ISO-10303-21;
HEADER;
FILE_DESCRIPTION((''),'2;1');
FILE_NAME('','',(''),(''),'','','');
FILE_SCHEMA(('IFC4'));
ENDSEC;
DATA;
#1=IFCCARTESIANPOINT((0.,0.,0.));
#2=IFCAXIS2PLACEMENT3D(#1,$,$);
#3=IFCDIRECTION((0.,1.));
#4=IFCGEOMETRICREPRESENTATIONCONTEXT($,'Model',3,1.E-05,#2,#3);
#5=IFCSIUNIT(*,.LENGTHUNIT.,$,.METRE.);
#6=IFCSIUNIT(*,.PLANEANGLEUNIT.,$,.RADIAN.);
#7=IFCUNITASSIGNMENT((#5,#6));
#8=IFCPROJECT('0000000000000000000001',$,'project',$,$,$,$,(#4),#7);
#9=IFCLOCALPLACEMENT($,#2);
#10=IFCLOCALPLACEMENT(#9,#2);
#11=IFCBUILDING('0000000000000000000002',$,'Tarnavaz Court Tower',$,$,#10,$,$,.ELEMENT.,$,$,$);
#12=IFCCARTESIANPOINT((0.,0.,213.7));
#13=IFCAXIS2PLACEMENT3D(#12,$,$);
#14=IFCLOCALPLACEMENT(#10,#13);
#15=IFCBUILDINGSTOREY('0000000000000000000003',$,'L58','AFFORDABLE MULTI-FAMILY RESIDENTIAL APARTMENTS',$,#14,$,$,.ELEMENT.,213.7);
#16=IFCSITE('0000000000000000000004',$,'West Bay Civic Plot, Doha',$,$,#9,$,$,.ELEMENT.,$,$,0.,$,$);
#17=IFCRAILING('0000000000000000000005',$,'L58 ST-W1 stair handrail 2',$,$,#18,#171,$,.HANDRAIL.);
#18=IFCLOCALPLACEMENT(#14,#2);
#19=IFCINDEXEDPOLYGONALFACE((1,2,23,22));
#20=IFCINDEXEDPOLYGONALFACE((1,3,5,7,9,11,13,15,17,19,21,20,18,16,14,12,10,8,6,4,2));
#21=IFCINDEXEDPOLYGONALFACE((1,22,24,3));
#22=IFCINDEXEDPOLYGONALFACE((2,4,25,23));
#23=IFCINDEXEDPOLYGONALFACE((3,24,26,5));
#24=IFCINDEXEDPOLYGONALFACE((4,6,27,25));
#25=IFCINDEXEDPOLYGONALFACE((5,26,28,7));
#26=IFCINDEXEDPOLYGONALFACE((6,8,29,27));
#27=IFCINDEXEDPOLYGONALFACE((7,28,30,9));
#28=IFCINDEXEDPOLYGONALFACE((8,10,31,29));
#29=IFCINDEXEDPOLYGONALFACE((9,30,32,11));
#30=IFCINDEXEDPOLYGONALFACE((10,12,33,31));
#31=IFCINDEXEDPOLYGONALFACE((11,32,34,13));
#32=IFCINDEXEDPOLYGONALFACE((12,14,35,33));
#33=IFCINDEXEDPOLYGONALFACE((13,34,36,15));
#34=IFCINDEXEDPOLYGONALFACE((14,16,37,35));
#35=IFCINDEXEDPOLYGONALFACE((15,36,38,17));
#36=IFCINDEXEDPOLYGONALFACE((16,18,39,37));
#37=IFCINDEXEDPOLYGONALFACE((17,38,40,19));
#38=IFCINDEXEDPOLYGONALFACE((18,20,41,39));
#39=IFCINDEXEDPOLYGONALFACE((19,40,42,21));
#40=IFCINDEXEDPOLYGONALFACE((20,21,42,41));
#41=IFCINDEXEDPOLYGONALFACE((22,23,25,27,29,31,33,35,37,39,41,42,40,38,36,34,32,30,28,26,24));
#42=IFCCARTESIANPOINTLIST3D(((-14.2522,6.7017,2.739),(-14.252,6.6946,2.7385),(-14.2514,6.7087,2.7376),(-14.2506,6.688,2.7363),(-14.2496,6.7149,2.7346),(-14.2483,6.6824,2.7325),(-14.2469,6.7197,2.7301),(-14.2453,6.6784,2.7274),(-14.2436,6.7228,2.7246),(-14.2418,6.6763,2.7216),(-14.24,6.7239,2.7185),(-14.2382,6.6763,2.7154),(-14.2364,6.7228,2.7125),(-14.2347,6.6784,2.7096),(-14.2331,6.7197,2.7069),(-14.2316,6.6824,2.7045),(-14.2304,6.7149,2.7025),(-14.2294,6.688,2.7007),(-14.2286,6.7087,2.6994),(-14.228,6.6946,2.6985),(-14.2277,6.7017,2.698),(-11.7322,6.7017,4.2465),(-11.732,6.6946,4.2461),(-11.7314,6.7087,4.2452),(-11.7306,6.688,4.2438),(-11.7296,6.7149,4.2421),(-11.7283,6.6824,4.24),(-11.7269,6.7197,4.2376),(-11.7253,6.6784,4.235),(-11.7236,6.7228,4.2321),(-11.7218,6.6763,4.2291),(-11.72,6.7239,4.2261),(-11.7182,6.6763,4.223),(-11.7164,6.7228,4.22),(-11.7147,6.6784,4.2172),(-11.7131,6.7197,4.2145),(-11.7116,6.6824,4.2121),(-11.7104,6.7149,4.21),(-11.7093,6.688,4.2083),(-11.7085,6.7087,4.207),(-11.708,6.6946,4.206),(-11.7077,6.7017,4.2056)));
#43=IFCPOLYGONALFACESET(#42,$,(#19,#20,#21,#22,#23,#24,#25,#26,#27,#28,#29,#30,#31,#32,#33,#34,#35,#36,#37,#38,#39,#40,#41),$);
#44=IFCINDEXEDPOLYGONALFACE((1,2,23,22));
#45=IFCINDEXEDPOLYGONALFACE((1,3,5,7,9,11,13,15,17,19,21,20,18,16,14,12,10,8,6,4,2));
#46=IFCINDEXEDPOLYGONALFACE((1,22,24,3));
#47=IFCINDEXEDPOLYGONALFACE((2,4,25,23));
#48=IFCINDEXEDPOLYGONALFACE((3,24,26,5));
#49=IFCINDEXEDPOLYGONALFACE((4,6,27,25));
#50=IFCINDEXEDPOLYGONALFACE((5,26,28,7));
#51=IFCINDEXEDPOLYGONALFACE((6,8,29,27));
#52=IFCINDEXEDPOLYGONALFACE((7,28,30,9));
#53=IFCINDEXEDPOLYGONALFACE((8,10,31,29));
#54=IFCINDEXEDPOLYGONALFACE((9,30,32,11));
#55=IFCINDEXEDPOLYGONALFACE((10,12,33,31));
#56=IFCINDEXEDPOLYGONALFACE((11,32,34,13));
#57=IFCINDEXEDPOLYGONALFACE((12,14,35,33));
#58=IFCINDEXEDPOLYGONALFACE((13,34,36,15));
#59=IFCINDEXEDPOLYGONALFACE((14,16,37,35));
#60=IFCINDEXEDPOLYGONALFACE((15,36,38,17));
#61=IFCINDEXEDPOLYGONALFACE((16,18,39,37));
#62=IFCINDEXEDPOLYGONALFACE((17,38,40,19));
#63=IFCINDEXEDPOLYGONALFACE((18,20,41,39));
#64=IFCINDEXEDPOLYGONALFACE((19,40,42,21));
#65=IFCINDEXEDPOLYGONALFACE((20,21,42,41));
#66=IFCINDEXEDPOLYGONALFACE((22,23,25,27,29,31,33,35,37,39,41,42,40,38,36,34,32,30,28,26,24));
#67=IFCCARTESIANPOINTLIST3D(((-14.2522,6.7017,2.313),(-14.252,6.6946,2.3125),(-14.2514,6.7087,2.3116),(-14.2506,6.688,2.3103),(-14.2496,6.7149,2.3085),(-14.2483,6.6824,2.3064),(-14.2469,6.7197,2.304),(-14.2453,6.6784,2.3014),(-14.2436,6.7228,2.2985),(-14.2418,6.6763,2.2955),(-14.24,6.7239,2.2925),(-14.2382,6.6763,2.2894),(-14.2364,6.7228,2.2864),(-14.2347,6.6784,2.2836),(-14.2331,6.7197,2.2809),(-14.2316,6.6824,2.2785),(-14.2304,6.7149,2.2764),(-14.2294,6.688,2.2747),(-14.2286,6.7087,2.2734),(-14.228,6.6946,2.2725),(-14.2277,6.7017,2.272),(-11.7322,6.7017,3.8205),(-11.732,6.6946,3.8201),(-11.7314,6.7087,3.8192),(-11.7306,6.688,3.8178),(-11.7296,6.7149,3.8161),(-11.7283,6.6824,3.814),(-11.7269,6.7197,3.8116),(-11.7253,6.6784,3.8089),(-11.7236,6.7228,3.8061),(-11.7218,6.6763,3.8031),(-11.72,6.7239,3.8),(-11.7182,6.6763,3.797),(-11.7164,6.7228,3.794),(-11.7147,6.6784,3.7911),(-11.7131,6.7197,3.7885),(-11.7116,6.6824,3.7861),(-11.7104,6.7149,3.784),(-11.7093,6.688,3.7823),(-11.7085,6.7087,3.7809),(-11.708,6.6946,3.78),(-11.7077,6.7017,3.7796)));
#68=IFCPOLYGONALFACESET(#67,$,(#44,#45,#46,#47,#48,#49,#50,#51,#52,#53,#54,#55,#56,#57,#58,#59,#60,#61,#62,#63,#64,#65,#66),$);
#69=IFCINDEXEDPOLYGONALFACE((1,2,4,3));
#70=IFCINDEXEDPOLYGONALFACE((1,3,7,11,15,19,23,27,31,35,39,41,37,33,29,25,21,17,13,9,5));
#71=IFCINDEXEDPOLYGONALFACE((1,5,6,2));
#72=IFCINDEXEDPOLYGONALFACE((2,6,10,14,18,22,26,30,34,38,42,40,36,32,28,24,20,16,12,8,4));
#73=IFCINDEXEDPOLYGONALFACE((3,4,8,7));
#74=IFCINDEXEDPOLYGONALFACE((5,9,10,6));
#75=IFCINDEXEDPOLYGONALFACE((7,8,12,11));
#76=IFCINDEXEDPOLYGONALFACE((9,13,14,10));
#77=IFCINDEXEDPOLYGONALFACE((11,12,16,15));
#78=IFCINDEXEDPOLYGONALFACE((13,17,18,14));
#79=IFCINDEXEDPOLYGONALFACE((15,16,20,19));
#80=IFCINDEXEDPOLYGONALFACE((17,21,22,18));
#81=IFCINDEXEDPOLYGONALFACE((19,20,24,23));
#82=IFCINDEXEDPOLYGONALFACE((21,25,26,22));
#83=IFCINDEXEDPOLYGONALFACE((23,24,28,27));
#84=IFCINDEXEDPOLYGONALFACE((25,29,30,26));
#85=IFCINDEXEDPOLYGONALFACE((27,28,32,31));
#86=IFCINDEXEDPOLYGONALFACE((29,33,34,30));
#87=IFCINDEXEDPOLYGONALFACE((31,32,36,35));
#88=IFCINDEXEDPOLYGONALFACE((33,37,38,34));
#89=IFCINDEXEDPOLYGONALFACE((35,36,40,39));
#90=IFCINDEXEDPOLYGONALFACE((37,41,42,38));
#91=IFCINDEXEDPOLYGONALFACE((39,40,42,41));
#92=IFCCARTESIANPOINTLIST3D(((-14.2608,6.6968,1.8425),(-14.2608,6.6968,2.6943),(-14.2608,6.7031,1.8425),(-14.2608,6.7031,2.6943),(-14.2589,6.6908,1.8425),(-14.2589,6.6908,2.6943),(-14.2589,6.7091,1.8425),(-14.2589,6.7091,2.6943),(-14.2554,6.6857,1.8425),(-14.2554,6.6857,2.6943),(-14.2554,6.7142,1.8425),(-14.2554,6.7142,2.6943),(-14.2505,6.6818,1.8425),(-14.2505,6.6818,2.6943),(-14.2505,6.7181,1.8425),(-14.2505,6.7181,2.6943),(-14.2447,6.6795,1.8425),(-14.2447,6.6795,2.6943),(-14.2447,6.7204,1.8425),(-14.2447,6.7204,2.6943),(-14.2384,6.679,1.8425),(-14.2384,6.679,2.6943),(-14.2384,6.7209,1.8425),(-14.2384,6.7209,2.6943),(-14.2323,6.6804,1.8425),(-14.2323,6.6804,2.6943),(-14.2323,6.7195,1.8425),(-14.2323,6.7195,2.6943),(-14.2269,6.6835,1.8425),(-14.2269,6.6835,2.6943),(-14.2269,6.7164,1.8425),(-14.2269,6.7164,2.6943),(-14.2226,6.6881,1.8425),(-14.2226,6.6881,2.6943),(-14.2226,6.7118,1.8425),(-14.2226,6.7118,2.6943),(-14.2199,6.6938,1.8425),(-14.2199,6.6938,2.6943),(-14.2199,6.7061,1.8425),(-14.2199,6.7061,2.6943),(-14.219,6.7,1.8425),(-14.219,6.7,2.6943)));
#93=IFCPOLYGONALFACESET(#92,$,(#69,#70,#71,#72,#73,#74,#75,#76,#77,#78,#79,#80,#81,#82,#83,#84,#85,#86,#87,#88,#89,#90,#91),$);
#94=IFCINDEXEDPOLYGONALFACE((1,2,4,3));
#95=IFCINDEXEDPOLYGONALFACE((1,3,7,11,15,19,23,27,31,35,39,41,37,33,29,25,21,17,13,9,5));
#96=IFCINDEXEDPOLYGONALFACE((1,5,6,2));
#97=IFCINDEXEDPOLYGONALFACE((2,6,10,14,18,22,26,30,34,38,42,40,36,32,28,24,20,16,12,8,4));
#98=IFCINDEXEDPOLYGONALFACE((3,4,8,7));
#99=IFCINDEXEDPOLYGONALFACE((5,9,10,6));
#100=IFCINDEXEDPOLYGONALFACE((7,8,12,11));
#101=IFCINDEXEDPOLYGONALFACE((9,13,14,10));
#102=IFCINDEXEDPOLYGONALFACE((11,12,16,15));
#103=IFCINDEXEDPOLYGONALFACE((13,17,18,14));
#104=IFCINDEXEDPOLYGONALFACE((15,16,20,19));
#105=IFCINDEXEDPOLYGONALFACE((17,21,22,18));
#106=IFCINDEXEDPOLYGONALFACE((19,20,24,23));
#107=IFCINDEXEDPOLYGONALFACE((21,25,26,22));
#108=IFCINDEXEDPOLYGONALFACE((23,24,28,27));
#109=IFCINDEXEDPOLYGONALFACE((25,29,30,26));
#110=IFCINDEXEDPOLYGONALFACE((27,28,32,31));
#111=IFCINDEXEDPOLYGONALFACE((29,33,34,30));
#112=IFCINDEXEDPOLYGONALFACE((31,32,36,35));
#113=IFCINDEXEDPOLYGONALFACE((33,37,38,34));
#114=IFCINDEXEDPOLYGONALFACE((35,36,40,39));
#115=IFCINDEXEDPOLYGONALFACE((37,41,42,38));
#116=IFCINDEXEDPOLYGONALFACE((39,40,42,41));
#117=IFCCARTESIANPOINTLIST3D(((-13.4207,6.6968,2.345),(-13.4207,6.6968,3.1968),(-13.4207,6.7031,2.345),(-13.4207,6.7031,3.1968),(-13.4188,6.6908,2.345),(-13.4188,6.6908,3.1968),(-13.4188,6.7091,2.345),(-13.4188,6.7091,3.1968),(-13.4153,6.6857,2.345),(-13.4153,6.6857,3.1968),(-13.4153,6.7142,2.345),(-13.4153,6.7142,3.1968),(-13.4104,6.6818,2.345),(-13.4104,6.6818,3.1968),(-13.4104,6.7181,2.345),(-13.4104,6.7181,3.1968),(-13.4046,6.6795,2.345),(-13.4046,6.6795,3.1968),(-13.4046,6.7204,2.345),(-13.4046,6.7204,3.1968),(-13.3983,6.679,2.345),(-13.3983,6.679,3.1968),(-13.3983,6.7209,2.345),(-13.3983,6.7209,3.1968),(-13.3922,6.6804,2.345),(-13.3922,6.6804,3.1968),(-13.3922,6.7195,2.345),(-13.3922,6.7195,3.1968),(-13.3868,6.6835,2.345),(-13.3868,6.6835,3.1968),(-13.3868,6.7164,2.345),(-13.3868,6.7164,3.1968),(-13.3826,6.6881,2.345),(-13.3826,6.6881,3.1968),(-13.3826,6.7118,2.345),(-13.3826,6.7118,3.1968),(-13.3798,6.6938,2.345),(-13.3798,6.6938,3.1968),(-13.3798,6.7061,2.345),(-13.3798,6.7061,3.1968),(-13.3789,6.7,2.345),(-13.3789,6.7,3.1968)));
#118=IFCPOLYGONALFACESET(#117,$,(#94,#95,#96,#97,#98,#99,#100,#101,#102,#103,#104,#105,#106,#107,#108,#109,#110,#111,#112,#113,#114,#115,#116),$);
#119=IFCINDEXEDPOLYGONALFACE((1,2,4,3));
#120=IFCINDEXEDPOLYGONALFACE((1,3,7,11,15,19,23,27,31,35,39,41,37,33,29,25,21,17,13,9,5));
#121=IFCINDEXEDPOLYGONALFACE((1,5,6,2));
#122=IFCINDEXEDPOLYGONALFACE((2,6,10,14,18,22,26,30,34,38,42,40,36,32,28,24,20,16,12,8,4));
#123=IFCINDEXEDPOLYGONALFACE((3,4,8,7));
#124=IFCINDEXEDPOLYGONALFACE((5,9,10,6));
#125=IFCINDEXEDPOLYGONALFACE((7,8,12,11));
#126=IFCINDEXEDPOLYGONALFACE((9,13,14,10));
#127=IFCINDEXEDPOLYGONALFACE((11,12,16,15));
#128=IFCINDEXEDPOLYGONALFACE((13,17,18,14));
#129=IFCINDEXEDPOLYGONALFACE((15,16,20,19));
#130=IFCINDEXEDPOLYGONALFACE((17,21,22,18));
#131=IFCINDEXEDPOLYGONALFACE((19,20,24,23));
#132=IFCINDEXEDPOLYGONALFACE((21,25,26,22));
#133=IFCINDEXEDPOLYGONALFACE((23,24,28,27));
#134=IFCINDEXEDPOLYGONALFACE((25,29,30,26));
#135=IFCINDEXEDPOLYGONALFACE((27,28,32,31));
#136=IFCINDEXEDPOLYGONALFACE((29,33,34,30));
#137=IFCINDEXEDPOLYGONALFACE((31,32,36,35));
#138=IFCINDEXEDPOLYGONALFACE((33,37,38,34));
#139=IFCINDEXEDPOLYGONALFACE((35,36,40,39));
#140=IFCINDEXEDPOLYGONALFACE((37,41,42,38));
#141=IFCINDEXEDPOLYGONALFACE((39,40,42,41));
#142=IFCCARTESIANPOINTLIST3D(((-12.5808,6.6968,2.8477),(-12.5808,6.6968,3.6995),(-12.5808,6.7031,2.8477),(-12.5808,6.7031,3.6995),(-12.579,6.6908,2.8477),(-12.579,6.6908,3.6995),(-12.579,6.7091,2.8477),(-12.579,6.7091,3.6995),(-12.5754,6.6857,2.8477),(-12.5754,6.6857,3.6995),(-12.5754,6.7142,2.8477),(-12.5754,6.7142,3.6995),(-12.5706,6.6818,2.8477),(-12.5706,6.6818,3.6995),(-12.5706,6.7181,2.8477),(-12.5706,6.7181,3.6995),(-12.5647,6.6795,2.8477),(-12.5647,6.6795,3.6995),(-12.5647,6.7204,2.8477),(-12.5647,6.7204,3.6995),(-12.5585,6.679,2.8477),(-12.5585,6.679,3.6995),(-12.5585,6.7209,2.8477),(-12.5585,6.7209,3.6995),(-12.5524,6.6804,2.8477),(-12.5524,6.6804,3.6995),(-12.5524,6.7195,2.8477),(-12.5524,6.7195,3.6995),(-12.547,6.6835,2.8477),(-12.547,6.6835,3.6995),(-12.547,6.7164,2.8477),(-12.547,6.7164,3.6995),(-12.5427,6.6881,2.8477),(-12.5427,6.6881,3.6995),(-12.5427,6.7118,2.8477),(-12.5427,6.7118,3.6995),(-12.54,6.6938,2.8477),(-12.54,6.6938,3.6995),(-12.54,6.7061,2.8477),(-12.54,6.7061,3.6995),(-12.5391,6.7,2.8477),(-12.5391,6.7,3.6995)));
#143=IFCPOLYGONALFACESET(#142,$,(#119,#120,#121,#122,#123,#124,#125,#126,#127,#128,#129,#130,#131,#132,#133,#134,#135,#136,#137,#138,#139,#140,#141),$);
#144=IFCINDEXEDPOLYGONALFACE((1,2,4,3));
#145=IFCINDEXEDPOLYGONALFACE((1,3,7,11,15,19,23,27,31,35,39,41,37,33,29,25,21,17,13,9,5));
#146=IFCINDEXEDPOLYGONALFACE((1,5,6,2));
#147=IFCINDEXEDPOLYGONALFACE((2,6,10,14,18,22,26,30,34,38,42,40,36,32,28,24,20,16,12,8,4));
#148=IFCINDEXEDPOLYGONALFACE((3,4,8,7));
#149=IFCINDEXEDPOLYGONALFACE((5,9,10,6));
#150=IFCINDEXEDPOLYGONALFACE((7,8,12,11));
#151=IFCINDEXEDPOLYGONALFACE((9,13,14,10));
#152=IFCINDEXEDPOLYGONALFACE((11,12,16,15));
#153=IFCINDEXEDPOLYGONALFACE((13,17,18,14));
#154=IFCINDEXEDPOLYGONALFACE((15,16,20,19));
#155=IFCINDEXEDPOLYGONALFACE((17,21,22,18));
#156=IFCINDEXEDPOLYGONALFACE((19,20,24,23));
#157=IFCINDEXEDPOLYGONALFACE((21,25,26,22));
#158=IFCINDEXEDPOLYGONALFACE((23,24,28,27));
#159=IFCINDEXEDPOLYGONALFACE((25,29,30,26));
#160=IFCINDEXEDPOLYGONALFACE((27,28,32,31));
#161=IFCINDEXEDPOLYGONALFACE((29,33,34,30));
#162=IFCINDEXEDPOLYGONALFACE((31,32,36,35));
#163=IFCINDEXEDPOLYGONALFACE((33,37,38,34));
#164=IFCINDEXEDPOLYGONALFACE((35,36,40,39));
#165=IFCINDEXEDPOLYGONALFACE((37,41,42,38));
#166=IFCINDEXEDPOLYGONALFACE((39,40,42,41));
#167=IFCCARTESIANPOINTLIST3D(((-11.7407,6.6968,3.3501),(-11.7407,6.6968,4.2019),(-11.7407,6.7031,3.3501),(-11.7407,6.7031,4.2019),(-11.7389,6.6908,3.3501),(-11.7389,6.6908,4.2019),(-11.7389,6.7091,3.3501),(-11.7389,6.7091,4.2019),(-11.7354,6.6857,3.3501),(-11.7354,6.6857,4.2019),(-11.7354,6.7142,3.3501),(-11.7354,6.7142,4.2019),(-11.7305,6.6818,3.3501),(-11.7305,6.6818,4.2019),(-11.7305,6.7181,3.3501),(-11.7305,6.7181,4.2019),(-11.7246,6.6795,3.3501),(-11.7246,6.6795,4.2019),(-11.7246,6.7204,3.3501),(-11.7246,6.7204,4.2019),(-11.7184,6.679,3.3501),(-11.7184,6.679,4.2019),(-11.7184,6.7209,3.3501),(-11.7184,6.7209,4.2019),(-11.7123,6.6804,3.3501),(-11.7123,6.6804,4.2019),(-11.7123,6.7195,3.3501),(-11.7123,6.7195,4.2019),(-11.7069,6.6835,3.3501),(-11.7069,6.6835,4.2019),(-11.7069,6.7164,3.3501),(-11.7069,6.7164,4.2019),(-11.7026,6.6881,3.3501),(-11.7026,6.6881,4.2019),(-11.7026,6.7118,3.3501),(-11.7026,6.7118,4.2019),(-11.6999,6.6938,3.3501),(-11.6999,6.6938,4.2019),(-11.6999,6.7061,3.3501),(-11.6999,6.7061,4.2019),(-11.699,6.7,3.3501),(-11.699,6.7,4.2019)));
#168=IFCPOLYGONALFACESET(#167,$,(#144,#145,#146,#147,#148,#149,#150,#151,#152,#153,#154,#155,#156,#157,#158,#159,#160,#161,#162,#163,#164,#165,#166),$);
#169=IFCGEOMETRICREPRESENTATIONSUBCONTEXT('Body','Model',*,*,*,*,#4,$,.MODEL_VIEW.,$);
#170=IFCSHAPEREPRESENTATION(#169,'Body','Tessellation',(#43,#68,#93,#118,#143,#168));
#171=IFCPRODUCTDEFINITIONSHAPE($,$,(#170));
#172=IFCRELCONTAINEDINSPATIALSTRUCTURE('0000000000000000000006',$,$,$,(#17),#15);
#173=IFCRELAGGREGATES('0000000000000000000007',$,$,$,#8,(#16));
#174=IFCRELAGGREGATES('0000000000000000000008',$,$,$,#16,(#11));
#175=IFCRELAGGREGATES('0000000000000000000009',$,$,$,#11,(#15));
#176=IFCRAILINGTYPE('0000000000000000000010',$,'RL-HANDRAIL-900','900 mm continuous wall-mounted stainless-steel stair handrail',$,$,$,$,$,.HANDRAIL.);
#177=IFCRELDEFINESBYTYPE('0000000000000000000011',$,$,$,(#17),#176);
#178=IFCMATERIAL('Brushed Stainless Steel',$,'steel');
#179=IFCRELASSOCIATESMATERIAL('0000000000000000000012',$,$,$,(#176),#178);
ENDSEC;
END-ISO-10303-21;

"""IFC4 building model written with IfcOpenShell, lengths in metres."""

from ifc_helpers import new_model, si_unit, direction, frame, origin, origin_2d, place, context, subcontext, project, spatial, circle, extrude, material, type_object, element, save


model = new_model("IFC4")

# Units and contexts
model_context = context("Model", 3, precision=1e-05, world=origin(), true_north=direction((0.0, 1.0)))
body_context = subcontext(model_context, "Body", "Model", "MODEL_VIEW")
ifc_project = project(units=[si_unit("LENGTHUNIT", "METRE"), si_unit("PLANEANGLEUNIT", "RADIAN")], contexts=[model_context])

# Site, building, storey
site_placement = place(None, origin())
site = spatial("IfcSite", under=ifc_project, at=site_placement, Name="West Bay Civic Plot, Doha", CompositionType="ELEMENT", RefElevation=0.0)
building_placement = place(site_placement, origin())
building = spatial("IfcBuilding", under=site, at=building_placement, Name="Tarnavaz Court Tower", CompositionType="ELEMENT")
storey_placement = place(building_placement, frame((0.0, 0.0, 213.7)))
storey = spatial("IfcBuildingStorey", under=building, at=storey_placement, Name="L58", Description="AFFORDABLE MULTI-FAMILY RESIDENTIAL APARTMENTS", CompositionType="ELEMENT", Elevation=213.7)

# Railing
ifc_material_1 = material(Name="Brushed Stainless Steel", Category="steel")
railing_type_1 = type_object("IfcRailingType", Name="RL-HANDRAIL-900", Description="900 mm continuous wall-mounted stainless-steel stair handrail", PredefinedType="HANDRAIL", material=ifc_material_1)
railing_1_placement = place(storey_placement, frame((-14.24, 6.7, 1.8425)))
element("IfcRailing", 1, at=railing_1_placement, inside=storey, type_object=railing_type_1, Name="L58 ST-W1 stair handrail 2", PredefinedType="HANDRAIL", context=body_context, shape_type="SweptSolid", body=[
    extrude(circle(Radius=0.0239, at=origin_2d()), frame((0.0, 0.0, 0.876), z_axis=(0.85816, 0.0, 0.513383), x_axis=(0.0, 1.0, 0.0)), (0.0, 0.0, 1.0), 2.9365),
    extrude(circle(Radius=0.0239, at=origin_2d()), frame((0.0, 0.0, 0.45), z_axis=(0.85816, 0.0, 0.513383), x_axis=(0.0, 1.0, 0.0)), (0.0, 0.0, 1.0), 2.9365),
    extrude(circle(Radius=0.021, at=origin_2d()), origin(), (0.0, 0.0, 1.0), 0.8518),
    extrude(circle(Radius=0.021, at=origin_2d()), frame((0.8401, 0.0, 0.5024)), (0.0, 0.0, 1.0), 0.8518),
    extrude(circle(Radius=0.021, at=origin_2d()), frame((1.6799, 0.0, 1.0051)), (0.0, 0.0, 1.0), 0.8518),
    extrude(circle(Radius=0.021, at=origin_2d()), frame((2.52, 0.0, 1.5076)), (0.0, 0.0, 1.0), 0.8518),
])

save(model, "model.ifc")
